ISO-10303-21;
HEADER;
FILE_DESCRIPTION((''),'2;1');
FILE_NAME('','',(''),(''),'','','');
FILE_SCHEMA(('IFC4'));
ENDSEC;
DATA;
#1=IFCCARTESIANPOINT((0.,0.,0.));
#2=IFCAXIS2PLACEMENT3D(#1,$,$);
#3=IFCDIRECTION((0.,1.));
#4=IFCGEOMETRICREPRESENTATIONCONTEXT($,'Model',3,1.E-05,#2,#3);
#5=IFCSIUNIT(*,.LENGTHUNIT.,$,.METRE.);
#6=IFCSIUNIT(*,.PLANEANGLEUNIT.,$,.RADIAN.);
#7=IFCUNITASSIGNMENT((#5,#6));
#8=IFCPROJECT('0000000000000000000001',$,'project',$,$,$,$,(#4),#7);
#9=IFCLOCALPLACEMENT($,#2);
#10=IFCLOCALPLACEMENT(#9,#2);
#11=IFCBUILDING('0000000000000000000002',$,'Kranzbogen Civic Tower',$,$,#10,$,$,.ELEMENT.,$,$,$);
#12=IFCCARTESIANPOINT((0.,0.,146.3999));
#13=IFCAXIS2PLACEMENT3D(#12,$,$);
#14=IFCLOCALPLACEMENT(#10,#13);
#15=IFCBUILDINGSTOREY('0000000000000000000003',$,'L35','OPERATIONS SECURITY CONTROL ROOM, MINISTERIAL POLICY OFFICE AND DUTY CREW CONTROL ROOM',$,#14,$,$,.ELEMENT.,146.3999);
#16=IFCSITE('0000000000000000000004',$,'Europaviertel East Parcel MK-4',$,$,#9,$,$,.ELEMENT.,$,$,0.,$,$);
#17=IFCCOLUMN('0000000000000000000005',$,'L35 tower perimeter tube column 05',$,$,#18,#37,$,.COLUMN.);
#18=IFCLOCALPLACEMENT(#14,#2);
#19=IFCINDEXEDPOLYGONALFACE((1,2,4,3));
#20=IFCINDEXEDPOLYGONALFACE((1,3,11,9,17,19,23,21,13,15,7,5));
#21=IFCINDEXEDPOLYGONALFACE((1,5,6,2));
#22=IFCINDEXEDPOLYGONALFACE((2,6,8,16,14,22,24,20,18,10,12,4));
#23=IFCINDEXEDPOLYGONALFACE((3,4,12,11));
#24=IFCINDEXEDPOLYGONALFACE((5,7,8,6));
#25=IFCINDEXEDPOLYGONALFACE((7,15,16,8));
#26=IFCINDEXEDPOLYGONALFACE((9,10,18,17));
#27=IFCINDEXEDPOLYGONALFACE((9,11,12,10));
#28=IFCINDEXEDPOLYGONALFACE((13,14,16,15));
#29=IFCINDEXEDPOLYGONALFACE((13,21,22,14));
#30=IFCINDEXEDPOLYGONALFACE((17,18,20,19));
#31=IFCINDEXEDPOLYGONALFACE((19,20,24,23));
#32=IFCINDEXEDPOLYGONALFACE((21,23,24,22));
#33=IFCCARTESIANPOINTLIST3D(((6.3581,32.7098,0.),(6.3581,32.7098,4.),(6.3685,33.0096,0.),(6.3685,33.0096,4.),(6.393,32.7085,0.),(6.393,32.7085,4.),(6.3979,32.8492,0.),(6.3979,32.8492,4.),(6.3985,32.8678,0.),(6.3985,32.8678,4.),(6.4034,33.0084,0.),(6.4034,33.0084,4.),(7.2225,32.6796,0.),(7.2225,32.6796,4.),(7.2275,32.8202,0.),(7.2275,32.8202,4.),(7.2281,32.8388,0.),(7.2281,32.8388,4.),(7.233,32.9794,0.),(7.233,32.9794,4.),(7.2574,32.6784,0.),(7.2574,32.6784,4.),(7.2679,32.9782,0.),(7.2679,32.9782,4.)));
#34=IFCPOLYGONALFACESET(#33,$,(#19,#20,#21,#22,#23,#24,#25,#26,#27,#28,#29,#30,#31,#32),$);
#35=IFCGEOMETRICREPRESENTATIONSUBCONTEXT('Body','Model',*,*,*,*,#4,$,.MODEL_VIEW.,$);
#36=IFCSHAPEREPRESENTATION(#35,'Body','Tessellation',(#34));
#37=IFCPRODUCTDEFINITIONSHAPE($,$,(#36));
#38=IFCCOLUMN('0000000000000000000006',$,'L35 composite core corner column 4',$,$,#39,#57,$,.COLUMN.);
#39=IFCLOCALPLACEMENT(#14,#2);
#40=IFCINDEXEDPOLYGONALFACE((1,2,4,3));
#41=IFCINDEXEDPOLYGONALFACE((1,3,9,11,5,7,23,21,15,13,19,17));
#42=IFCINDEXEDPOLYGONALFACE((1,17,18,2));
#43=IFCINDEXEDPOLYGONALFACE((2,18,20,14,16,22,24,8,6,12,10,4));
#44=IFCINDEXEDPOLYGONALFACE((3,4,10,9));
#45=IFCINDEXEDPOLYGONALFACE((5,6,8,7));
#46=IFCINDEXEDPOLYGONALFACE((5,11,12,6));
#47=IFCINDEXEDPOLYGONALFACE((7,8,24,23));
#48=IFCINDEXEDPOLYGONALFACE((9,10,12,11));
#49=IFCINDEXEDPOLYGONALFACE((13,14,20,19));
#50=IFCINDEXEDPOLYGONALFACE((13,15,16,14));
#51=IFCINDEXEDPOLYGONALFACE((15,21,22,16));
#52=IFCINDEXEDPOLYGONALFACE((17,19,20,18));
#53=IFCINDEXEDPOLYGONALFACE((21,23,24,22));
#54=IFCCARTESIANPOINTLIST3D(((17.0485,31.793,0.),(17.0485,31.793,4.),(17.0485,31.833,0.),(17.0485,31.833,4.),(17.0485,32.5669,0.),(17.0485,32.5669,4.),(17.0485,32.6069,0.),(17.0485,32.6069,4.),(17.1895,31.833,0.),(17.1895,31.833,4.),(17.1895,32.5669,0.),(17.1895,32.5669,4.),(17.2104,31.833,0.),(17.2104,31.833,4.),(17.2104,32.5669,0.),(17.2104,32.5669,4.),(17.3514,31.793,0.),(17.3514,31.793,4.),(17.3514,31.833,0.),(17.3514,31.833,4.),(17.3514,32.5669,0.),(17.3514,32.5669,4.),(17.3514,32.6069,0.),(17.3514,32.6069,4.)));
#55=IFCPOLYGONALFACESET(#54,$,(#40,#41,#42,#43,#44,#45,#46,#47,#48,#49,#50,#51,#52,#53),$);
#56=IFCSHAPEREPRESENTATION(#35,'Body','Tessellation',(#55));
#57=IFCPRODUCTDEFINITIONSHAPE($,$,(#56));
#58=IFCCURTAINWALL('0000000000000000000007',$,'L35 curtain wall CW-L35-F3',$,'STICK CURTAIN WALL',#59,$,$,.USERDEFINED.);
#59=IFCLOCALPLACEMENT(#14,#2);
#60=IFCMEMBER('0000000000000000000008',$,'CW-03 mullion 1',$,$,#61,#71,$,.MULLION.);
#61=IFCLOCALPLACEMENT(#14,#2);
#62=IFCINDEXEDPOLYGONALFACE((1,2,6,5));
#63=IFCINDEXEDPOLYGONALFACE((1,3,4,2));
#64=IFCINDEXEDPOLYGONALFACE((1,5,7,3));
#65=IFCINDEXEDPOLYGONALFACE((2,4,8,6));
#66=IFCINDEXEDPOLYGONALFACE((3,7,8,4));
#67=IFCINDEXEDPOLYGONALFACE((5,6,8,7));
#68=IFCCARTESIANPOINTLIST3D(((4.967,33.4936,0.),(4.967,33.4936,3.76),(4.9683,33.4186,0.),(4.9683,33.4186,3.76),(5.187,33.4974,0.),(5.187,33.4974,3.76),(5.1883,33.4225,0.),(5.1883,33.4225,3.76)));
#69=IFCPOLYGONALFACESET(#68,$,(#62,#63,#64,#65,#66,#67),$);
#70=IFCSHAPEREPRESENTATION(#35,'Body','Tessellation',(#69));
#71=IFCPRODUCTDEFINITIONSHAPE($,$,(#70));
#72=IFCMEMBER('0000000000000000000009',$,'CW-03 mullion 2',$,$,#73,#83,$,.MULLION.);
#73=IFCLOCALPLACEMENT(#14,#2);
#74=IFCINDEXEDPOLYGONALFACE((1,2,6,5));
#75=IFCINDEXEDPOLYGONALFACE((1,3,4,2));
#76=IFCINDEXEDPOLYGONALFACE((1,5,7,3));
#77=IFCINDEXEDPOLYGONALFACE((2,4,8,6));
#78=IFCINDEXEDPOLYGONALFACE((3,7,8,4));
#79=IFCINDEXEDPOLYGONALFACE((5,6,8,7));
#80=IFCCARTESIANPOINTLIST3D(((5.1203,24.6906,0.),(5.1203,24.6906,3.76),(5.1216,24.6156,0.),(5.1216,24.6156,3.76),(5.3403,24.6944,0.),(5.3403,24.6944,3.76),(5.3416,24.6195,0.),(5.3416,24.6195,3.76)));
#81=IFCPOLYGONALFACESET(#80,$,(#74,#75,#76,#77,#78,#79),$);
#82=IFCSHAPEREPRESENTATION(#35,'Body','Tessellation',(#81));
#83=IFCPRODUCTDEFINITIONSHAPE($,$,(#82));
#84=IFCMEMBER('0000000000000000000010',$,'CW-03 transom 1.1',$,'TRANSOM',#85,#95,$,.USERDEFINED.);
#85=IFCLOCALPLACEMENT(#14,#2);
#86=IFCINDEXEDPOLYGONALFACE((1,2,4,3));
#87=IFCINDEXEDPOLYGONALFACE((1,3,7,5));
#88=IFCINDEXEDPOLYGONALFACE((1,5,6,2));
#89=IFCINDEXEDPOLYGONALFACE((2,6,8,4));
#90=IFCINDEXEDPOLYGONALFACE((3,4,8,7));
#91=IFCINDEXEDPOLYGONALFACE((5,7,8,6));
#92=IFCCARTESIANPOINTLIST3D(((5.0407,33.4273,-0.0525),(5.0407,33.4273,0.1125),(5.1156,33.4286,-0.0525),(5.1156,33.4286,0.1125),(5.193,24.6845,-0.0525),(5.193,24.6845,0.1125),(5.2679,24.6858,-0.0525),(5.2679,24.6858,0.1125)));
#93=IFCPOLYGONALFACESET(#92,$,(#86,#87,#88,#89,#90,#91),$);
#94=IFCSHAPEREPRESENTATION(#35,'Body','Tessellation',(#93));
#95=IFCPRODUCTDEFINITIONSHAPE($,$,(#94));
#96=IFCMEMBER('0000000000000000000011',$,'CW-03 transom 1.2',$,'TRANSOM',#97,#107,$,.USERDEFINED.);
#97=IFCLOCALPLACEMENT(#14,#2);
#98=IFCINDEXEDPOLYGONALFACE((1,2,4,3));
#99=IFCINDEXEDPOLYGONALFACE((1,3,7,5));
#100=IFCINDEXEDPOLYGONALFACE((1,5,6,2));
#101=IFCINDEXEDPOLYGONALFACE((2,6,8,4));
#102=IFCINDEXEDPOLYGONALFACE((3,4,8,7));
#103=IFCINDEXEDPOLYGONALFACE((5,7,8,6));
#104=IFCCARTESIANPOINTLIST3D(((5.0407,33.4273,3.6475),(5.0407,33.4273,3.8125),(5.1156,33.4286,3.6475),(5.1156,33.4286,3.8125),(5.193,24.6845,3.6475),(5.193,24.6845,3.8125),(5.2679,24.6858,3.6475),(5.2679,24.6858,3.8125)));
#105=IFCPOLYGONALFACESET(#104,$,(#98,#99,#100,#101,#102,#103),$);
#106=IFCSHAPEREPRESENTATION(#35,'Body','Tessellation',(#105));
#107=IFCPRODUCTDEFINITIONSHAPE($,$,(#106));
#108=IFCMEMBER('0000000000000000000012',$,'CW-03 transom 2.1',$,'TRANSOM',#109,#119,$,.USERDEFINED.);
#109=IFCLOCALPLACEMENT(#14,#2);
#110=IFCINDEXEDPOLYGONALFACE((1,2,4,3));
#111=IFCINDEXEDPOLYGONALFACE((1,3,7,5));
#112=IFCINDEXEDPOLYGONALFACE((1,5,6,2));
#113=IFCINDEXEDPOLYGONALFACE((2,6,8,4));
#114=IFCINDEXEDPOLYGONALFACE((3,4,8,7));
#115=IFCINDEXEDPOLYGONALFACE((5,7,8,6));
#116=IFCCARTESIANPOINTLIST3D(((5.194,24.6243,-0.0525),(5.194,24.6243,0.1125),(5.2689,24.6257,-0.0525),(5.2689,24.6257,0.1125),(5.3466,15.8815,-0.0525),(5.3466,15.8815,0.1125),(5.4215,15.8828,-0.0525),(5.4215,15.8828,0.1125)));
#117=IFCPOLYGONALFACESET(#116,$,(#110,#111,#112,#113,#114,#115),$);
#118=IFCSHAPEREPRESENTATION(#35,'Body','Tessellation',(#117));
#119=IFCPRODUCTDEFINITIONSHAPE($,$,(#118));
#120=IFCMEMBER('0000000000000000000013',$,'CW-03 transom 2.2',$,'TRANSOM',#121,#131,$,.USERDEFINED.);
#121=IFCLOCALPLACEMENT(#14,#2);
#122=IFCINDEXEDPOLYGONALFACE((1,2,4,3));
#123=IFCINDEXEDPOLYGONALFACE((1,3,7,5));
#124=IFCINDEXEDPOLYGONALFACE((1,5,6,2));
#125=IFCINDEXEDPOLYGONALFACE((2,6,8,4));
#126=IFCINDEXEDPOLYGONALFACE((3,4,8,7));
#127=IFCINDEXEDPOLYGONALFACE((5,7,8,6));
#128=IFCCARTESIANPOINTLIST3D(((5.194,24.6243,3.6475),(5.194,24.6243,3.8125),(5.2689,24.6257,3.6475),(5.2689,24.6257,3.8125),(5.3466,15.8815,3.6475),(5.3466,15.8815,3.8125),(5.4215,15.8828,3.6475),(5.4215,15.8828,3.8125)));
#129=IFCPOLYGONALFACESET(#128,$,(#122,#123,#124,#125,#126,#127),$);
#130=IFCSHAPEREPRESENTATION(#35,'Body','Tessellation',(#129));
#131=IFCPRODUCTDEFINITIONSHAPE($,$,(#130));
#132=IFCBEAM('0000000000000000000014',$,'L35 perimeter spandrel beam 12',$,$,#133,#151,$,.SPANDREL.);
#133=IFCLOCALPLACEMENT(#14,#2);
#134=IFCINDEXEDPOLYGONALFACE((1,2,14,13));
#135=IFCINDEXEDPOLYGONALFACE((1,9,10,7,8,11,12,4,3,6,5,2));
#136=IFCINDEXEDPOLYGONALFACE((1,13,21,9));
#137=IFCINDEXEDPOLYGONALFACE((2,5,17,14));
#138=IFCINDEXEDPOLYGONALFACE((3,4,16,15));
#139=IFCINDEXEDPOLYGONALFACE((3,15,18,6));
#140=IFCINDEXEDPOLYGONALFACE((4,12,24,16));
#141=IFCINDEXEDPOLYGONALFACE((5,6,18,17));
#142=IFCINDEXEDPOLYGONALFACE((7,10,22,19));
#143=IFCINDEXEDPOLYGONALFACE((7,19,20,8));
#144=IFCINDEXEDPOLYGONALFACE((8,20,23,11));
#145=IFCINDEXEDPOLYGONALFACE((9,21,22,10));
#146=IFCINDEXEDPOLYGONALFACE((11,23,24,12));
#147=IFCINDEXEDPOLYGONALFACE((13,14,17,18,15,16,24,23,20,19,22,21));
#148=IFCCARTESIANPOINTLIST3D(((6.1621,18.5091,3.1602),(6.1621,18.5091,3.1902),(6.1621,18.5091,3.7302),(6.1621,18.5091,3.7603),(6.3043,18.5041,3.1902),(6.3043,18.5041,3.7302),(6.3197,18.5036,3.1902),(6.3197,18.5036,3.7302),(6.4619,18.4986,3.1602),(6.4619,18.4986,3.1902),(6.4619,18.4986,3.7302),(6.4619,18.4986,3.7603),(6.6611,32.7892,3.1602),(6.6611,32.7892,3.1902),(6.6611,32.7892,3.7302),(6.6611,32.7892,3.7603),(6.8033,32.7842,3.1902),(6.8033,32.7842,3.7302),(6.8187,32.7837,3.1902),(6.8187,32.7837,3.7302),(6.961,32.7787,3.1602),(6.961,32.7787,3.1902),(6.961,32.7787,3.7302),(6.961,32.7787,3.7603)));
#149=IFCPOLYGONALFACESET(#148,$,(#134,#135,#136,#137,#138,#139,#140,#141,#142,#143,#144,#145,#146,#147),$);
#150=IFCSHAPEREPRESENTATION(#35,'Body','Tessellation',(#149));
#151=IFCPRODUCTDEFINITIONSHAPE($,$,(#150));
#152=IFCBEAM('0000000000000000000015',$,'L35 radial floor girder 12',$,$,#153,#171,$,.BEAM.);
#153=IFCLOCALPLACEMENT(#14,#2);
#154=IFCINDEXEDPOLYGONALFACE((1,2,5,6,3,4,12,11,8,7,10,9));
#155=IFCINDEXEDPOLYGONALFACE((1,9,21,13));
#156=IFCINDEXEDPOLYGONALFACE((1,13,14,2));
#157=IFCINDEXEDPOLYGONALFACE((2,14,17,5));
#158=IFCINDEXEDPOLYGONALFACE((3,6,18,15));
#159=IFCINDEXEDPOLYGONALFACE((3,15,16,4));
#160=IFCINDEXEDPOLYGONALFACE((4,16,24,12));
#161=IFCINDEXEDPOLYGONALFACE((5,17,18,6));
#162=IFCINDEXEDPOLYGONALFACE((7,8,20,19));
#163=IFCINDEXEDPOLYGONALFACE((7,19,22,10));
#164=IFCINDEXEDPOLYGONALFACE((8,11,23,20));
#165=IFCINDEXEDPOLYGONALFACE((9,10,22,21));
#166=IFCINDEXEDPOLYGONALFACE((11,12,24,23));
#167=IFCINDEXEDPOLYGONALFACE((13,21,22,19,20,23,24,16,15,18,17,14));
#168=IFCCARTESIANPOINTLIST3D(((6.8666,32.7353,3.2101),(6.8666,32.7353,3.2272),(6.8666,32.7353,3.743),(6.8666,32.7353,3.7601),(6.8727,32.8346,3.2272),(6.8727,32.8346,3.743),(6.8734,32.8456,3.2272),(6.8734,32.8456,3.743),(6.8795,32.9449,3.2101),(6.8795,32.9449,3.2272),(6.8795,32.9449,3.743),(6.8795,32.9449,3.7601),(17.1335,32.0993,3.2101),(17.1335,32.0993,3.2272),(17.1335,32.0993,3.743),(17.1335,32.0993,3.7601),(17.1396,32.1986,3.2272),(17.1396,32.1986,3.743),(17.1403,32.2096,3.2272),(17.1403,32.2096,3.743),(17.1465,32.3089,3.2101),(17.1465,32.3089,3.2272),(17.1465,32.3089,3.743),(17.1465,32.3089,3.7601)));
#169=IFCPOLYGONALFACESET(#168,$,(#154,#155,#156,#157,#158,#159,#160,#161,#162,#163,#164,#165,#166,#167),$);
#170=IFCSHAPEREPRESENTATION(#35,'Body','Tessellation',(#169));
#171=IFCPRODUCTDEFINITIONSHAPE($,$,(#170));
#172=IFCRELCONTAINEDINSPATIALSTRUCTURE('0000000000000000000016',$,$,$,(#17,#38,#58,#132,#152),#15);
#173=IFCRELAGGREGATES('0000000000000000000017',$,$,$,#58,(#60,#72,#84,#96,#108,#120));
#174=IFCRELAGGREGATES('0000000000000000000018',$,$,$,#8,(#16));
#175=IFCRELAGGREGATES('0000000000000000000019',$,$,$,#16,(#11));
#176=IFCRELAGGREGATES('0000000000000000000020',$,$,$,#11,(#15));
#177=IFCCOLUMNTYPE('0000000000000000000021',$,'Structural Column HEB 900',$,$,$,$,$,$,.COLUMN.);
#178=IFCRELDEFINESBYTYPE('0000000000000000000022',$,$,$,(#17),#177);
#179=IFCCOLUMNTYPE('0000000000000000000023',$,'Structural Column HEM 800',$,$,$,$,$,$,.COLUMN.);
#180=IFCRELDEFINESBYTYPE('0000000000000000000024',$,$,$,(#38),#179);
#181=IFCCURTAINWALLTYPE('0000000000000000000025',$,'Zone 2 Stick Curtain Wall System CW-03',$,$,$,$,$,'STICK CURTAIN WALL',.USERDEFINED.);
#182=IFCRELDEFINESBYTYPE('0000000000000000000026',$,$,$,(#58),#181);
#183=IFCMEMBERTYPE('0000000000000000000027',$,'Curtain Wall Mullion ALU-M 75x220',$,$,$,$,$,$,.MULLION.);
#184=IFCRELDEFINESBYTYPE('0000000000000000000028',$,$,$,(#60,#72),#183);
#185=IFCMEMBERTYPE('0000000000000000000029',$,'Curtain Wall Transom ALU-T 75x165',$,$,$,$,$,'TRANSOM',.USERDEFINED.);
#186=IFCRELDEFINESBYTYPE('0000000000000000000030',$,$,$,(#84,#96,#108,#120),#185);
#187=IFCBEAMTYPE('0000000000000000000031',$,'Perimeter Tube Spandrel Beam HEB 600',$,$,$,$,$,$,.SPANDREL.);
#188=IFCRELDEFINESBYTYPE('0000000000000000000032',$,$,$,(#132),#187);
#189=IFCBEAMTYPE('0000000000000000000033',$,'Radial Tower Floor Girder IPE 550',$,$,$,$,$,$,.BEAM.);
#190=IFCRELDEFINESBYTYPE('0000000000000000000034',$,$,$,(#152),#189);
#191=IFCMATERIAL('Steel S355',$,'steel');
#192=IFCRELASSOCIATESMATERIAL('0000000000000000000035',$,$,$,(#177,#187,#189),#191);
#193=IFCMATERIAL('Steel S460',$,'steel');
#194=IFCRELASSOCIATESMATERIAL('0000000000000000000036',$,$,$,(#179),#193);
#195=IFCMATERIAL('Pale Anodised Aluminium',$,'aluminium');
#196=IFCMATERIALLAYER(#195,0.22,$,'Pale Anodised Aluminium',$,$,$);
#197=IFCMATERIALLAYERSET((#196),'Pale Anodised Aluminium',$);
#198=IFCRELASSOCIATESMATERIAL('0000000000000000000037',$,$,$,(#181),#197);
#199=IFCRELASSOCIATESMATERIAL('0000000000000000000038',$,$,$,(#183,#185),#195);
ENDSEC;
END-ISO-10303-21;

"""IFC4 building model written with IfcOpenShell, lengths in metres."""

from ifc_helpers import new_model, si_unit, direction, frame, origin, origin_2d, place, context, subcontext, project, spatial, rectangle, i_section, extrude, material, layer, layer_set, material_profile, profile_set, type_object, element, aggregate, save


model = new_model("IFC4")

# Units and contexts
model_context = context("Model", 3, precision=1e-05, world=origin(), true_north=direction((0.0, 1.0)))
body_context = subcontext(model_context, "Body", "Model", "MODEL_VIEW")
ifc_project = project(units=[si_unit("LENGTHUNIT", "METRE"), si_unit("PLANEANGLEUNIT", "RADIAN")], contexts=[model_context])

# Site, building, storey
site_placement = place(None, origin())
site = spatial("IfcSite", under=ifc_project, at=site_placement, Name="Europaviertel East Parcel MK-4", CompositionType="ELEMENT", RefElevation=0.0)
building_placement = place(site_placement, origin())
building = spatial("IfcBuilding", under=site, at=building_placement, Name="Kranzbogen Civic Tower", CompositionType="ELEMENT")
storey_placement = place(building_placement, frame((0.0, 0.0, 146.3999)))
storey = spatial("IfcBuildingStorey", under=building, at=storey_placement, Name="L35", Description="OPERATIONS SECURITY CONTROL ROOM, MINISTERIAL POLICY OFFICE AND DUTY CREW CONTROL ROOM", CompositionType="ELEMENT", Elevation=146.3999)

# Columns
ifc_material_1 = material(Name="Steel S355", Category="steel")
ifc_material_profile_1 = material_profile(ifc_material_1, i_section(OverallWidth=0.3, OverallDepth=0.8999, WebThickness=0.0186, FlangeThickness=0.0349, at=origin_2d()), Name="HEB 900")
ifc_profile_set_1 = profile_set([ifc_material_profile_1], Name="Steel S355")
column_type_1 = type_object("IfcColumnType", Name="Structural Column HEB 900", PredefinedType="COLUMN", material=ifc_profile_set_1)
column_1_placement = place(storey_placement, frame((6.813, 32.844, 0.0), z_axis=(0.0, 0.0, 1.0), x_axis=(0.034899, 0.999391, 0.0)))
element("IfcColumn", 1, at=column_1_placement, inside=storey, type_object=column_type_1, Name="L35 tower perimeter tube column 05", PredefinedType="COLUMN", context=body_context, shape_type="SweptSolid", body=[
    extrude(i_section(OverallWidth=0.3, OverallDepth=0.8999, WebThickness=0.0186, FlangeThickness=0.0349, at=origin_2d()), origin(), (0.0, 0.0, 1.0), 4.0),
])
ifc_material_2 = material(Name="Steel S460", Category="steel")
ifc_material_profile_2 = material_profile(ifc_material_2, i_section(OverallWidth=0.303, OverallDepth=0.814, WebThickness=0.021, FlangeThickness=0.04, at=origin_2d()), Name="HEM 800")
ifc_profile_set_2 = profile_set([ifc_material_profile_2], Name="Steel S460")
column_type_2 = type_object("IfcColumnType", Name="Structural Column HEM 800", PredefinedType="COLUMN", material=ifc_profile_set_2)
column_2_placement = place(storey_placement, frame((17.2, 32.2, 0.0), z_axis=(0.0, 0.0, 1.0), x_axis=(1.0, 0.0, 0.0)))
element("IfcColumn", 2, at=column_2_placement, inside=storey, type_object=column_type_2, Name="L35 composite core corner column 4", PredefinedType="COLUMN", context=body_context, shape_type="SweptSolid", body=[
    extrude(i_section(OverallWidth=0.303, OverallDepth=0.814, WebThickness=0.021, FlangeThickness=0.04, at=origin_2d()), origin(), (0.0, 0.0, 1.0), 4.0),
])

# Curtain wall, members
ifc_material_3 = material(Name="Pale Anodised Aluminium", Category="aluminium")
ifc_layer_1 = layer(ifc_material_3, 0.22, Name="Pale Anodised Aluminium")
ifc_layer_set_1 = layer_set([ifc_layer_1], Name="Pale Anodised Aluminium")
curtain_wall_type = type_object("IfcCurtainWallType", Name="Zone 2 Stick Curtain Wall System CW-03", ElementType="STICK CURTAIN WALL", PredefinedType="USERDEFINED", material=ifc_layer_set_1)
curtain_wall_placement = place(storey_placement, origin())
curtain_wall = element("IfcCurtainWall", 3, at=curtain_wall_placement, inside=storey, type_object=curtain_wall_type, Name="L35 curtain wall CW-L35-F3", ObjectType="STICK CURTAIN WALL", PredefinedType="USERDEFINED")
ifc_material_profile_3 = material_profile(ifc_material_3, rectangle(XDim=0.075, YDim=0.22, at=origin_2d()), Name="ALU-M 75x220")
ifc_profile_set_3 = profile_set([ifc_material_profile_3], Name="Pale Anodised Aluminium")
member_type_1 = type_object("IfcMemberType", Name="Curtain Wall Mullion ALU-M 75x220", PredefinedType="MULLION", material=ifc_profile_set_3)
member_1_placement = place(storey_placement, frame((5.0776, 33.458, 0.0), z_axis=(0.0, 0.0, 1.0), x_axis=(0.017432, -0.999848, 0.0)))
member_1 = element("IfcMember", 4, at=member_1_placement, type_object=member_type_1, Name="CW-03 mullion 1", PredefinedType="MULLION", context=body_context, shape_type="SweptSolid", body=[
    extrude(rectangle(XDim=0.075, YDim=0.22, at=origin_2d()), origin(), (0.0, 0.0, 1.0), 3.76),
])
member_2_placement = place(storey_placement, frame((5.231, 24.655, 0.0), z_axis=(0.0, 0.0, 1.0), x_axis=(0.017432, -0.999848, 0.0)))
member_2 = element("IfcMember", 5, at=member_2_placement, type_object=member_type_1, Name="CW-03 mullion 2", PredefinedType="MULLION", context=body_context, shape_type="SweptSolid", body=[
    extrude(rectangle(XDim=0.075, YDim=0.22, at=origin_2d()), origin(), (0.0, 0.0, 1.0), 3.76),
])
ifc_material_profile_4 = material_profile(ifc_material_3, rectangle(XDim=0.075, YDim=0.165, at=origin_2d()), Name="ALU-T 75x165")
ifc_profile_set_4 = profile_set([ifc_material_profile_4], Name="Pale Anodised Aluminium")
member_type_2 = type_object("IfcMemberType", Name="Curtain Wall Transom ALU-T 75x165", ElementType="TRANSOM", PredefinedType="USERDEFINED", material=ifc_profile_set_4)
member_3_placement = place(storey_placement, frame((5.0781, 33.428, 0.03), z_axis=(0.017422, -0.999848, 0.0), x_axis=(0.999848, 0.017422, 0.0)))
member_3 = element("IfcMember", 6, at=member_3_placement, type_object=member_type_2, Name="CW-03 transom 1.1", ObjectType="TRANSOM", PredefinedType="USERDEFINED", context=body_context, shape_type="SweptSolid", body=[
    extrude(rectangle(XDim=0.075, YDim=0.165, at=origin_2d()), origin(), (0.0, 0.0, 1.0), 8.7441),
])
member_4_placement = place(storey_placement, frame((5.0781, 33.428, 3.73), z_axis=(0.017422, -0.999848, 0.0), x_axis=(0.999848, 0.017422, 0.0)))
member_4 = element("IfcMember", 7, at=member_4_placement, type_object=member_type_2, Name="CW-03 transom 1.2", ObjectType="TRANSOM", PredefinedType="USERDEFINED", context=body_context, shape_type="SweptSolid", body=[
    extrude(rectangle(XDim=0.075, YDim=0.165, at=origin_2d()), origin(), (0.0, 0.0, 1.0), 8.7441),
])
member_5_placement = place(storey_placement, frame((5.2314, 24.625, 0.03), z_axis=(0.01745, -0.999848, 0.0), x_axis=(0.999848, 0.01745, 0.0)))
member_5 = element("IfcMember", 8, at=member_5_placement, type_object=member_type_2, Name="CW-03 transom 2.1", ObjectType="TRANSOM", PredefinedType="USERDEFINED", context=body_context, shape_type="SweptSolid", body=[
    extrude(rectangle(XDim=0.075, YDim=0.165, at=origin_2d()), origin(), (0.0, 0.0, 1.0), 8.7441),
])
member_6_placement = place(storey_placement, frame((5.2314, 24.625, 3.73), z_axis=(0.01745, -0.999848, 0.0), x_axis=(0.999848, 0.01745, 0.0)))
member_6 = element("IfcMember", 9, at=member_6_placement, type_object=member_type_2, Name="CW-03 transom 2.2", ObjectType="TRANSOM", PredefinedType="USERDEFINED", context=body_context, shape_type="SweptSolid", body=[
    extrude(rectangle(XDim=0.075, YDim=0.165, at=origin_2d()), origin(), (0.0, 0.0, 1.0), 8.7441),
])

# Beams
ifc_material_profile_5 = material_profile(ifc_material_1, i_section(OverallWidth=0.3, OverallDepth=0.6001, WebThickness=0.0154, FlangeThickness=0.03, at=origin_2d()), Name="HEB 600")
ifc_profile_set_5 = profile_set([ifc_material_profile_5], Name="Steel S355")
beam_type_1 = type_object("IfcBeamType", Name="Perimeter Tube Spandrel Beam HEB 600", PredefinedType="SPANDREL", material=ifc_profile_set_5)
beam_1_placement = place(storey_placement, frame((6.811, 32.7839, 3.4602), z_axis=(-0.034924, -0.99939, 0.0), x_axis=(0.99939, -0.034924, 0.0)))
element("IfcBeam", 10, at=beam_1_placement, inside=storey, type_object=beam_type_1, Name="L35 perimeter spandrel beam 12", PredefinedType="SPANDREL", context=body_context, shape_type="SweptSolid", body=[
    extrude(i_section(OverallWidth=0.3, OverallDepth=0.6001, WebThickness=0.0154, FlangeThickness=0.03, at=origin_2d()), origin(), (0.0, 0.0, 1.0), 14.2888),
])
ifc_material_profile_6 = material_profile(ifc_material_1, i_section(OverallWidth=0.21, OverallDepth=0.55, WebThickness=0.011, FlangeThickness=0.0171, at=origin_2d()), Name="IPE 550")
ifc_profile_set_6 = profile_set([ifc_material_profile_6], Name="Steel S355")
beam_type_2 = type_object("IfcBeamType", Name="Radial Tower Floor Girder IPE 550", PredefinedType="BEAM", material=ifc_profile_set_6)
beam_2_placement = place(storey_placement, frame((6.873, 32.8401, 3.4851), z_axis=(0.998087, -0.061827, 0.0), x_axis=(0.061827, 0.998087, 0.0)))
element("IfcBeam", 11, at=beam_2_placement, inside=storey, type_object=beam_type_2, Name="L35 radial floor girder 12", PredefinedType="BEAM", context=body_context, shape_type="SweptSolid", body=[
    extrude(i_section(OverallWidth=0.21, OverallDepth=0.55, WebThickness=0.011, FlangeThickness=0.0171, at=origin_2d()), origin(), (0.0, 0.0, 1.0), 10.2866),
])

aggregate(curtain_wall, [member_1, member_2, member_3, member_4, member_5, member_6])

save(model, "model.ifc")
